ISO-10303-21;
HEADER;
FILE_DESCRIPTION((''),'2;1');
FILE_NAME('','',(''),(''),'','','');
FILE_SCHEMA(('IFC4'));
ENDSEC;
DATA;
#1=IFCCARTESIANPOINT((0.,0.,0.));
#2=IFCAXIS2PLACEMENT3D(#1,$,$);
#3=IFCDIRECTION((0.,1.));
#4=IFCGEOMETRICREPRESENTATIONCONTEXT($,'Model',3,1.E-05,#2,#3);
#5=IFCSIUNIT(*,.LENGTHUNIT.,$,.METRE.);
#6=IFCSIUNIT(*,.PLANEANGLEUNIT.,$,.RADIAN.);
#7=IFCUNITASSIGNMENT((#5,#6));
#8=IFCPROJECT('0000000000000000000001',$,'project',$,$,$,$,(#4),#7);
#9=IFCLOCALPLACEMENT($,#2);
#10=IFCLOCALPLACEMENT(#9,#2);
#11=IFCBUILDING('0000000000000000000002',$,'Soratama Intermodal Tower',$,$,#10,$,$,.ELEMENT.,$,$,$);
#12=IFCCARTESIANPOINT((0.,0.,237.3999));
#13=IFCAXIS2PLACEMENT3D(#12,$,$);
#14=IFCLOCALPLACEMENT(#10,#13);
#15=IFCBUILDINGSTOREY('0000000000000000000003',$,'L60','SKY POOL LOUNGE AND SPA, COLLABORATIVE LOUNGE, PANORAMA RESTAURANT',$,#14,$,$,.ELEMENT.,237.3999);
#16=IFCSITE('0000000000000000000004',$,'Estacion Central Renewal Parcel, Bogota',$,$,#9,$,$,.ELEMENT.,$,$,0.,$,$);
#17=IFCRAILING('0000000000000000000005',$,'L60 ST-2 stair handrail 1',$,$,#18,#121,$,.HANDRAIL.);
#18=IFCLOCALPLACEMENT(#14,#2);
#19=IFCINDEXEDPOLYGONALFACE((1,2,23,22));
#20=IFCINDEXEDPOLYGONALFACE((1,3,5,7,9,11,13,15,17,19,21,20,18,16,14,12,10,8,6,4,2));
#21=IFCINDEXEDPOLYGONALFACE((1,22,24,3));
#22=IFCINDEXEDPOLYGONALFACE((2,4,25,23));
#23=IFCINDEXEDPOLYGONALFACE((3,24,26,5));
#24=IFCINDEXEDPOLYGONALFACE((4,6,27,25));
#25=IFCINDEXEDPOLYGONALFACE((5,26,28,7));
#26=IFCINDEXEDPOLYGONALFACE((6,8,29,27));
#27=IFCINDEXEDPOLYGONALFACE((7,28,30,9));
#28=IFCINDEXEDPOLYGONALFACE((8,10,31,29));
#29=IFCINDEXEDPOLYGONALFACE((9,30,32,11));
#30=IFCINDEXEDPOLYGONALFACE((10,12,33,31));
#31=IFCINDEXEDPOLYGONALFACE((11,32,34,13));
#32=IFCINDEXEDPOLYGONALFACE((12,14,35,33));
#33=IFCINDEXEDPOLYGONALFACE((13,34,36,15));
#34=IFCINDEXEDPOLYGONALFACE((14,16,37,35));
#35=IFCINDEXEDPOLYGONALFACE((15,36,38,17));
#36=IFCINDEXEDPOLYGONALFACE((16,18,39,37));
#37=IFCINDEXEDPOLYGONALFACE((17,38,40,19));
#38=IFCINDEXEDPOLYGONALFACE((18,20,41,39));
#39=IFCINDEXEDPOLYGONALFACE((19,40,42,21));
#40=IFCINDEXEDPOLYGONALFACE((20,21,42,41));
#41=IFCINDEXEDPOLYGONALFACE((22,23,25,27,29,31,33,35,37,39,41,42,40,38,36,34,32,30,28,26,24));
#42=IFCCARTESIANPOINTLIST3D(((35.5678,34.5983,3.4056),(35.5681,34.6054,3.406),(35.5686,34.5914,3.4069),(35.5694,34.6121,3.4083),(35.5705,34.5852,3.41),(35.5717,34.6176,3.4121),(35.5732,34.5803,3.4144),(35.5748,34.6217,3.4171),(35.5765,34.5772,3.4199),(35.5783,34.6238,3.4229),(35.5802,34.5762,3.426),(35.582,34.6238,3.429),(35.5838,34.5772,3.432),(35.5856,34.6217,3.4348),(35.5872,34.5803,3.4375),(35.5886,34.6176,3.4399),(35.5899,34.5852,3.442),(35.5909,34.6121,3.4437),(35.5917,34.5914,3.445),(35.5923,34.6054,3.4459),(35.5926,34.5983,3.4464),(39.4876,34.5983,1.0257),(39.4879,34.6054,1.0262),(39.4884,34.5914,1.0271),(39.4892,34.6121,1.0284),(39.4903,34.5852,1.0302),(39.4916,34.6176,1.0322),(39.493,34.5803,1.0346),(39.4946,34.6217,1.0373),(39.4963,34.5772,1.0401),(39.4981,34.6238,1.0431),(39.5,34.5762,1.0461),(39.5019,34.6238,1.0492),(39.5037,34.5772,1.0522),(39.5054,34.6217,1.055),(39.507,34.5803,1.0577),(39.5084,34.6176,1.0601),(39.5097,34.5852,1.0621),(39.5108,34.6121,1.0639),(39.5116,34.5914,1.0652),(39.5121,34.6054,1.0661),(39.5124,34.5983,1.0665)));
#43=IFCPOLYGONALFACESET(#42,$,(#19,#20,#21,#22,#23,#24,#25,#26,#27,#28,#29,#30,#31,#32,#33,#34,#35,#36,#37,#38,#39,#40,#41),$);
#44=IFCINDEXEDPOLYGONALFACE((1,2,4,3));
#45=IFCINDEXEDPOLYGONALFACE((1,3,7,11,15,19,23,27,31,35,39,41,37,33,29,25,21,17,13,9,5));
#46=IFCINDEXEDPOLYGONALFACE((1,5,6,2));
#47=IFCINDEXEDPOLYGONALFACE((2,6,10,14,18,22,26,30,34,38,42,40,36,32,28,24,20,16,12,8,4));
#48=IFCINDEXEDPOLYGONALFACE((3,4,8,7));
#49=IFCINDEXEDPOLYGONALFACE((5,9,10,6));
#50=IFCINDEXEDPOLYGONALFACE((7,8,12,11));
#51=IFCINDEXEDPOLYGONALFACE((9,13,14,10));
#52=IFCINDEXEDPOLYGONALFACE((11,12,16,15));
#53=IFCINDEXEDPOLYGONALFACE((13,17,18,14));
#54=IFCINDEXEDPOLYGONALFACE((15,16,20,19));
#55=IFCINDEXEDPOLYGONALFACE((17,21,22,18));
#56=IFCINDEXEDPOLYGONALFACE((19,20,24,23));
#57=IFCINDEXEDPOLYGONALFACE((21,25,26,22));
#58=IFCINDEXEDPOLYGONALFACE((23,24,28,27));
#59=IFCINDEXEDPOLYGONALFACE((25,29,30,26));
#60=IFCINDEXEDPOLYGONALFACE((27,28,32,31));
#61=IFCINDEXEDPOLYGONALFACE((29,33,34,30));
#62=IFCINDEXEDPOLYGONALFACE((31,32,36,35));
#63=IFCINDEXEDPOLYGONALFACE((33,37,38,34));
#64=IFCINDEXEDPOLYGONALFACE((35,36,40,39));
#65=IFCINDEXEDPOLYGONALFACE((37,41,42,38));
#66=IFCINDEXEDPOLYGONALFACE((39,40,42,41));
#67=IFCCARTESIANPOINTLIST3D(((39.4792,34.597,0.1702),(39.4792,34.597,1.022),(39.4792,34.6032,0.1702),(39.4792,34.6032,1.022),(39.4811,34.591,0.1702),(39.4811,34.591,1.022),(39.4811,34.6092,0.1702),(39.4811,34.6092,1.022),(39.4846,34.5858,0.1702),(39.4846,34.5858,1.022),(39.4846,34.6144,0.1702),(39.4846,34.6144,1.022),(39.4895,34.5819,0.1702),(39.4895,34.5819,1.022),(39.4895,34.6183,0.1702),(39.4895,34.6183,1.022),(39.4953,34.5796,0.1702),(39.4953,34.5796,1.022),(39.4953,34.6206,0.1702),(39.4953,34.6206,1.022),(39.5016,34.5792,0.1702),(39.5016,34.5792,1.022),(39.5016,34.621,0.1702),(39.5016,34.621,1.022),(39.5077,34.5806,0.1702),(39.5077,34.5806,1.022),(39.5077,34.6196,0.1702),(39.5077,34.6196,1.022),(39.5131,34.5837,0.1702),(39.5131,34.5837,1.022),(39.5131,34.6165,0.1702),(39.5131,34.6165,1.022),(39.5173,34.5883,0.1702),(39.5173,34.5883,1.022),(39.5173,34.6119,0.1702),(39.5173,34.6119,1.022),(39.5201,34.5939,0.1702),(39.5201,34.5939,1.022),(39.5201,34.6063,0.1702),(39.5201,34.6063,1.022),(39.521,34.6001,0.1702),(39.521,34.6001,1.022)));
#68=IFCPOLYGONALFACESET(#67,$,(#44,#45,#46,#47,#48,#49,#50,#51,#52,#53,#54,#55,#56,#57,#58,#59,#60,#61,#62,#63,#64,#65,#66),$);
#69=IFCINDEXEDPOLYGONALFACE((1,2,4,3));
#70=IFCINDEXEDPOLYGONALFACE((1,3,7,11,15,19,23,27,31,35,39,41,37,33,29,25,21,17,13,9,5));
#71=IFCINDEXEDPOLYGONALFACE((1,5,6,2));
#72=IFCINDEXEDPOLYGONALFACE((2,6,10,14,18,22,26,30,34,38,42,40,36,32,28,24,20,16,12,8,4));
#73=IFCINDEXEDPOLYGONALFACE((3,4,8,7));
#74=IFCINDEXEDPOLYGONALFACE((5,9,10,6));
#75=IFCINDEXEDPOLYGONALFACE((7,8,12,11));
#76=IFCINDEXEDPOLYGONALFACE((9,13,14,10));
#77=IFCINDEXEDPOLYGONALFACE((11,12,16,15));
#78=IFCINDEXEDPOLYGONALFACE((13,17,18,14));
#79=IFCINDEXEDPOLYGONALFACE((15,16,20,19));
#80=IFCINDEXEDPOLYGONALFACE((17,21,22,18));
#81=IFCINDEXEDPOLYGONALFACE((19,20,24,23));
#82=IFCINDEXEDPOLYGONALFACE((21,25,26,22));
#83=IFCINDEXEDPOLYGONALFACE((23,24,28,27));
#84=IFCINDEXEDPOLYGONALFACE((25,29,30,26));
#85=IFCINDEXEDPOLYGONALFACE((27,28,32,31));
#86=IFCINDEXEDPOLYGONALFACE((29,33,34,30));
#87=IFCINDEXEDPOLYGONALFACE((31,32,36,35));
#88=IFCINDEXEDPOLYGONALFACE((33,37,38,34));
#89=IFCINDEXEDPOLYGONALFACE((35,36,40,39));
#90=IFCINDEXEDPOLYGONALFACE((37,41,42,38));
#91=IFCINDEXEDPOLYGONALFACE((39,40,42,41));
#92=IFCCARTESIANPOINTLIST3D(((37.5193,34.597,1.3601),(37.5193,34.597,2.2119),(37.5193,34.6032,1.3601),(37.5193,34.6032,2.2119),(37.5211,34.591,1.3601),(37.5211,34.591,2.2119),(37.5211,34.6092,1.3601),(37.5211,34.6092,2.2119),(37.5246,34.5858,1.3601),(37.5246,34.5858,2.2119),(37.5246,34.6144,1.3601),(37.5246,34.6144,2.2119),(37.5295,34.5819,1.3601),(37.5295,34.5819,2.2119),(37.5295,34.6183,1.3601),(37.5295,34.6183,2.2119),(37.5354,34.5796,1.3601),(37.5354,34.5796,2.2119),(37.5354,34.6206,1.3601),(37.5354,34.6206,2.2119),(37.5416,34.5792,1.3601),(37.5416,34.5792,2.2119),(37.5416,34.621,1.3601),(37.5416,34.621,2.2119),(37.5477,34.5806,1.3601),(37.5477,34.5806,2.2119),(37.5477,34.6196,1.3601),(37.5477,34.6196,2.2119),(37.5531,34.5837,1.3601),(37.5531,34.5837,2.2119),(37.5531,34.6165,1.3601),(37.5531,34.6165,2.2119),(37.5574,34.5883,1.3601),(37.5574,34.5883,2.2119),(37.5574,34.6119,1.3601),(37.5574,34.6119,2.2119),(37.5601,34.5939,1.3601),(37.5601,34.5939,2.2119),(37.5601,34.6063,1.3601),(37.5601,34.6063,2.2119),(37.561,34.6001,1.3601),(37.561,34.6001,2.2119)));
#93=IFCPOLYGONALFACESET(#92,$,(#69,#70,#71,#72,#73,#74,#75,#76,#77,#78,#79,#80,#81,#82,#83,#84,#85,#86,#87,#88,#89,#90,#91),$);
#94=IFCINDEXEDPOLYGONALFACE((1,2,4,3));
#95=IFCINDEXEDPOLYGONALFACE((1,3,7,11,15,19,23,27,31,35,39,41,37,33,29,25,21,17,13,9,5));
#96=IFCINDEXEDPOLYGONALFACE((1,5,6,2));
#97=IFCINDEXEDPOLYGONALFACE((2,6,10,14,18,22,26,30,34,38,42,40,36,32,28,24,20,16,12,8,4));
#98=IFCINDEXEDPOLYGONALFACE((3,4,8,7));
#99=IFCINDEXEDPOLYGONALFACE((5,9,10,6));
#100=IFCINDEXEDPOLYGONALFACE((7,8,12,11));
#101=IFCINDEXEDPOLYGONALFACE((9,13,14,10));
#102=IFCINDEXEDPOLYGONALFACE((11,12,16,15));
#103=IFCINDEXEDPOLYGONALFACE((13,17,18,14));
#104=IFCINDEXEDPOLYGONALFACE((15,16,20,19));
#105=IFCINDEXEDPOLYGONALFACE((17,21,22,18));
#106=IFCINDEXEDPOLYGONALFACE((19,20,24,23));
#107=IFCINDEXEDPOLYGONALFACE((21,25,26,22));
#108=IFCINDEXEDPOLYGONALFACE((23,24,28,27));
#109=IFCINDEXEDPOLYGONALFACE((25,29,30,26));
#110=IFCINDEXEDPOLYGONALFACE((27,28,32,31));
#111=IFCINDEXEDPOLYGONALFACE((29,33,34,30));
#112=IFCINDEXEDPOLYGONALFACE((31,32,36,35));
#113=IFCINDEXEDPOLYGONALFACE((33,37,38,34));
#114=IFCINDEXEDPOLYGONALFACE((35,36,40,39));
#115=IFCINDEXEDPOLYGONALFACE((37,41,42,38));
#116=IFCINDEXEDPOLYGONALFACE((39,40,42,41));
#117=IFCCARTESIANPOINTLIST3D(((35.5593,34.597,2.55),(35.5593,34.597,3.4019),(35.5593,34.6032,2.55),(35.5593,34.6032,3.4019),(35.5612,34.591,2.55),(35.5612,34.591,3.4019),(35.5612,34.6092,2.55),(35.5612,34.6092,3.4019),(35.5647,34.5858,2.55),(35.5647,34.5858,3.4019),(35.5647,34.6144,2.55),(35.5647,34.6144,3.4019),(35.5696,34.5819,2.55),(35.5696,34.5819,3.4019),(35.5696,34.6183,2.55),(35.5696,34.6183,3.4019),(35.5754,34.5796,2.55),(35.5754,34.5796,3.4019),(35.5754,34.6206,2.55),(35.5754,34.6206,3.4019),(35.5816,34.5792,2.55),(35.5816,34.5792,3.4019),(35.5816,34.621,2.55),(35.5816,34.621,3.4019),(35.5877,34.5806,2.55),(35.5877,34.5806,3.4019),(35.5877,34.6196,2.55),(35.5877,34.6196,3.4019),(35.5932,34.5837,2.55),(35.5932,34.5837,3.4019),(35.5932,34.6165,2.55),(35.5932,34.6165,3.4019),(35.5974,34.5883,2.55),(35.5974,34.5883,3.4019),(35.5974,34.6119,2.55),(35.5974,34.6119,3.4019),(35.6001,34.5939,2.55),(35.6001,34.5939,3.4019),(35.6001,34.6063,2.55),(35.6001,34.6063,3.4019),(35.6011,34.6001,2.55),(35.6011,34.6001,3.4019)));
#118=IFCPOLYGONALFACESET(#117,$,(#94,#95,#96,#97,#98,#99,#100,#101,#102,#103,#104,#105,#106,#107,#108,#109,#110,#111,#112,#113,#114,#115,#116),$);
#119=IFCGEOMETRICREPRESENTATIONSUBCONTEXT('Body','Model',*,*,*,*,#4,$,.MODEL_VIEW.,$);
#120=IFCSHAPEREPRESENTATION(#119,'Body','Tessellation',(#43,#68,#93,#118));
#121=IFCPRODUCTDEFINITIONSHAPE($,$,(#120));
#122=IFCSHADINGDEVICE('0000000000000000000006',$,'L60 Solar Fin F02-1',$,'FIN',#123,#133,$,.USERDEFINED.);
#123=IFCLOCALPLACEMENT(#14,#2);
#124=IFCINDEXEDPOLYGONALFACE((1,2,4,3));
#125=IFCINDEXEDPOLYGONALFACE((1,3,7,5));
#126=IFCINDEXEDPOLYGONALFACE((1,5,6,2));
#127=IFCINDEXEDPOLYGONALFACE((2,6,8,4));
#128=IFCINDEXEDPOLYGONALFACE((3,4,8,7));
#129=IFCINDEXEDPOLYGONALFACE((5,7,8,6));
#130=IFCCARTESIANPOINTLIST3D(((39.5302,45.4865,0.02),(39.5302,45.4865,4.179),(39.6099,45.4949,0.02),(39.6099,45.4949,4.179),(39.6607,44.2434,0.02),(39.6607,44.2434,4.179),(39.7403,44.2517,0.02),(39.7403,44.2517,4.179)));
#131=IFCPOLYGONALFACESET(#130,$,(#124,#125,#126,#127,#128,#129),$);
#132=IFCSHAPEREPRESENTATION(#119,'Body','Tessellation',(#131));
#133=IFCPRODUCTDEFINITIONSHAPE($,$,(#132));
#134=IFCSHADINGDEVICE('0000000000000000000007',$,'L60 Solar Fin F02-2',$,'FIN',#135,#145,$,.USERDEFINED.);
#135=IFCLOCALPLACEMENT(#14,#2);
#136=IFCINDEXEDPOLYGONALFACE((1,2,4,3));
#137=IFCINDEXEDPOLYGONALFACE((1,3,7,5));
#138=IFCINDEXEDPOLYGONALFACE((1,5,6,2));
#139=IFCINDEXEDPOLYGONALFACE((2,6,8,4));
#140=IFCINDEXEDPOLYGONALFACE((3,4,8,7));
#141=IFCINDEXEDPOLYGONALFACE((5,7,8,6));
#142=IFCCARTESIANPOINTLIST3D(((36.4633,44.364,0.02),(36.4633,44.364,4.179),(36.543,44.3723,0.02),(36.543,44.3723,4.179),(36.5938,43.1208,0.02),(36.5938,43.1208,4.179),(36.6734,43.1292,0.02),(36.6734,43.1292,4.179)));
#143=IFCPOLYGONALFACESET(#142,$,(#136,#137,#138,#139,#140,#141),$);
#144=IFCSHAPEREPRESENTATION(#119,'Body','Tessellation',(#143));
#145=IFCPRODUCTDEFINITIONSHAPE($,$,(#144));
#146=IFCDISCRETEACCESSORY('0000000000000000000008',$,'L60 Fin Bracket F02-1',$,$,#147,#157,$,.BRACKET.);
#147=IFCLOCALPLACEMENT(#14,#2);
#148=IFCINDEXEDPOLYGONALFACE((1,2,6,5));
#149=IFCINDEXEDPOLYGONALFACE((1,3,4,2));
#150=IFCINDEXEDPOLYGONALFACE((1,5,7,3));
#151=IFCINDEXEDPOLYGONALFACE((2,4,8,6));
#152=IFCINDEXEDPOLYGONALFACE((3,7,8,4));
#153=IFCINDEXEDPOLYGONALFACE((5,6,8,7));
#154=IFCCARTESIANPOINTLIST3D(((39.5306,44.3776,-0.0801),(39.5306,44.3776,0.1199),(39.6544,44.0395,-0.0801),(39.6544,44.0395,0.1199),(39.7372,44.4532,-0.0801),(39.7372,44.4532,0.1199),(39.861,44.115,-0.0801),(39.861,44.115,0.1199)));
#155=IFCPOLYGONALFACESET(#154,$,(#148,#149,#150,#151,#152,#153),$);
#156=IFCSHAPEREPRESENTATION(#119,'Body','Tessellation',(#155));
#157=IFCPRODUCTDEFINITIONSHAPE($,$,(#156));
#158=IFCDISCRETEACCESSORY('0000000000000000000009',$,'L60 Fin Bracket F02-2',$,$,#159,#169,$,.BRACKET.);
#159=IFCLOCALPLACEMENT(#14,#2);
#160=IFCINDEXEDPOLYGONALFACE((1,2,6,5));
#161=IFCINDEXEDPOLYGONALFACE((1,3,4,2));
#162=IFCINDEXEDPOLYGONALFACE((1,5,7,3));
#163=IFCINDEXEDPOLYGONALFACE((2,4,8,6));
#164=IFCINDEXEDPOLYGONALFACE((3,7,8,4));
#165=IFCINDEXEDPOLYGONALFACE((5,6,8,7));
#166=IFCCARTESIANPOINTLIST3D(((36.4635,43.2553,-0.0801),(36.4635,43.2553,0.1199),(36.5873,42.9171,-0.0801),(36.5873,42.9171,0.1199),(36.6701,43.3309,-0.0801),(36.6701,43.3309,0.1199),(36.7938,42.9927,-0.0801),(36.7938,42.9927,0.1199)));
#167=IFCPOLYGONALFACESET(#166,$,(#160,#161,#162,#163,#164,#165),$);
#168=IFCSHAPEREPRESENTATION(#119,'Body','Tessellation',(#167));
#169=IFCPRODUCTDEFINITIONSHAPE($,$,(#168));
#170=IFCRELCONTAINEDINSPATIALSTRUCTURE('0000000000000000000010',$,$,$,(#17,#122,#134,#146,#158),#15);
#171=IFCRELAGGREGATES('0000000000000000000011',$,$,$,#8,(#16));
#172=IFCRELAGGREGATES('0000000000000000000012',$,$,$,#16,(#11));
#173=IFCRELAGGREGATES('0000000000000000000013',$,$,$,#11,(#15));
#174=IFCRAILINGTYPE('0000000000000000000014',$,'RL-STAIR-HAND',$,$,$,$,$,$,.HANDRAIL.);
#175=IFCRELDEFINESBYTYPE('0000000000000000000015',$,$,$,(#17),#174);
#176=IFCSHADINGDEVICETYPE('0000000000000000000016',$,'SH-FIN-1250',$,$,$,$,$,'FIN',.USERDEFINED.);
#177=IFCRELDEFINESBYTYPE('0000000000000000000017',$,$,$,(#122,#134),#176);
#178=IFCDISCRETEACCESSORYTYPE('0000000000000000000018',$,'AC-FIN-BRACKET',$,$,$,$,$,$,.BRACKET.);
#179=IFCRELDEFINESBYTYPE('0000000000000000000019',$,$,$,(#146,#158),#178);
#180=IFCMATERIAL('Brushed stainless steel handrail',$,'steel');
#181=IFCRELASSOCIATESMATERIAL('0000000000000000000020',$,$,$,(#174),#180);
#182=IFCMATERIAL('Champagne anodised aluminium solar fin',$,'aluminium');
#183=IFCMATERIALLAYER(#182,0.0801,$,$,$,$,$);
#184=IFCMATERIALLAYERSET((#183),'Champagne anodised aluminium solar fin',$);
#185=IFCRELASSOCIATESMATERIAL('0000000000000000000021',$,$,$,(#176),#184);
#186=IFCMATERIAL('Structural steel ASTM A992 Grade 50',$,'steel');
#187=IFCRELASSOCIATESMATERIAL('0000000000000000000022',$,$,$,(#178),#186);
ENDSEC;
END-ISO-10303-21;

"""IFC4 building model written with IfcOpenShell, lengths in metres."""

from ifc_helpers import new_model, si_unit, direction, frame, origin, origin_2d, place, context, subcontext, project, spatial, rectangle, circle, extrude, material, layer, layer_set, type_object, element, save


model = new_model("IFC4")

# Units and contexts
model_context = context("Model", 3, precision=1e-05, world=origin(), true_north=direction((0.0, 1.0)))
body_context = subcontext(model_context, "Body", "Model", "MODEL_VIEW")
ifc_project = project(units=[si_unit("LENGTHUNIT", "METRE"), si_unit("PLANEANGLEUNIT", "RADIAN")], contexts=[model_context])

# Site, building, storey
site_placement = place(None, origin())
site = spatial("IfcSite", under=ifc_project, at=site_placement, Name="Estacion Central Renewal Parcel, Bogota", CompositionType="ELEMENT", RefElevation=0.0)
building_placement = place(site_placement, origin())
building = spatial("IfcBuilding", under=site, at=building_placement, Name="Soratama Intermodal Tower", CompositionType="ELEMENT")
storey_placement = place(building_placement, frame((0.0, 0.0, 237.3999)))
storey = spatial("IfcBuildingStorey", under=building, at=storey_placement, Name="L60", Description="SKY POOL LOUNGE AND SPA, COLLABORATIVE LOUNGE, PANORAMA RESTAURANT", CompositionType="ELEMENT", Elevation=237.3999)

# Railing
ifc_material_1 = material(Name="Brushed stainless steel handrail", Category="steel")
railing_type = type_object("IfcRailingType", Name="RL-STAIR-HAND", PredefinedType="HANDRAIL", material=ifc_material_1)
railing_placement = place(storey_placement, frame((39.5, 34.6001, 0.1702)))
element("IfcRailing", 1, at=railing_placement, inside=storey, type_object=railing_type, Name="L60 ST-2 stair handrail 1", PredefinedType="HANDRAIL", context=body_context, shape_type="SweptSolid", body=[
    extrude(circle(Radius=0.0239, at=origin_2d()), frame((0.0, 0.0, 0.876), z_axis=(-0.854794, 0.0, 0.518967), x_axis=(0.0, -1.0, 0.0)), (0.0, 0.0, 1.0), 4.5857),
    extrude(circle(Radius=0.021, at=origin_2d()), origin(), (0.0, 0.0, 1.0), 0.8518),
    extrude(circle(Radius=0.021, at=origin_2d()), frame((-1.96, 0.0, 1.1899)), (0.0, 0.0, 1.0), 0.8518),
    extrude(circle(Radius=0.021, at=origin_2d()), frame((-3.9199, 0.0, 2.3799)), (0.0, 0.0, 1.0), 0.8518),
])

# Shading devices
ifc_material_2 = material(Name="Champagne anodised aluminium solar fin", Category="aluminium")
ifc_layer_1 = layer(ifc_material_2, 0.0801)
ifc_layer_set_1 = layer_set([ifc_layer_1], Name="Champagne anodised aluminium solar fin")
shading_device_type = type_object("IfcShadingDeviceType", Name="SH-FIN-1250", ElementType="FIN", PredefinedType="USERDEFINED", material=ifc_layer_set_1)
for number, where, z_axis, x_axis, name in (
    (2, (39.6353, 44.8691, 0.02), (0.0, 0.0, 1.0), (-0.104355, 0.99454, 0.0), "L60 Solar Fin F02-1"),
    (3, (36.5684, 43.7466, 0.02), (0.0, 0.0, 1.0), (-0.104355, 0.99454, 0.0), "L60 Solar Fin F02-2"),
):
    element("IfcShadingDevice", number, at=place(storey_placement, frame(where, z_axis=z_axis, x_axis=x_axis)), inside=storey, type_object=shading_device_type, Name=name, ObjectType="FIN", PredefinedType="USERDEFINED", context=body_context, shape_type="SweptSolid", body=[
        extrude(rectangle(XDim=1.25, YDim=0.0801, at=origin_2d()), origin(), (0.0, 0.0, 1.0), 4.1589),
    ])

# Discrete accessories
ifc_material_3 = material(Name="Structural steel ASTM A992 Grade 50", Category="steel")
discrete_accessory_type = type_object("IfcDiscreteAccessoryType", Name="AC-FIN-BRACKET", PredefinedType="BRACKET", material=ifc_material_3)
for number, where, z_axis, x_axis, name in (
    (4, (39.6958, 44.2463, -0.0801), (0.0, 0.0, 1.0), (-0.34366, 0.939094, 0.0), "L60 Fin Bracket F02-1"),
    (5, (36.6287, 43.124, -0.0801), (0.0, 0.0, 1.0), (-0.34366, 0.939094, 0.0), "L60 Fin Bracket F02-2"),
):
    element("IfcDiscreteAccessory", number, at=place(storey_placement, frame(where, z_axis=z_axis, x_axis=x_axis)), inside=storey, type_object=discrete_accessory_type, Name=name, PredefinedType="BRACKET", context=body_context, shape_type="SweptSolid", body=[
        extrude(rectangle(XDim=0.3601, YDim=0.22, at=origin_2d()), origin(), (0.0, 0.0, 1.0), 0.2),
    ])

save(model, "model.ifc")
